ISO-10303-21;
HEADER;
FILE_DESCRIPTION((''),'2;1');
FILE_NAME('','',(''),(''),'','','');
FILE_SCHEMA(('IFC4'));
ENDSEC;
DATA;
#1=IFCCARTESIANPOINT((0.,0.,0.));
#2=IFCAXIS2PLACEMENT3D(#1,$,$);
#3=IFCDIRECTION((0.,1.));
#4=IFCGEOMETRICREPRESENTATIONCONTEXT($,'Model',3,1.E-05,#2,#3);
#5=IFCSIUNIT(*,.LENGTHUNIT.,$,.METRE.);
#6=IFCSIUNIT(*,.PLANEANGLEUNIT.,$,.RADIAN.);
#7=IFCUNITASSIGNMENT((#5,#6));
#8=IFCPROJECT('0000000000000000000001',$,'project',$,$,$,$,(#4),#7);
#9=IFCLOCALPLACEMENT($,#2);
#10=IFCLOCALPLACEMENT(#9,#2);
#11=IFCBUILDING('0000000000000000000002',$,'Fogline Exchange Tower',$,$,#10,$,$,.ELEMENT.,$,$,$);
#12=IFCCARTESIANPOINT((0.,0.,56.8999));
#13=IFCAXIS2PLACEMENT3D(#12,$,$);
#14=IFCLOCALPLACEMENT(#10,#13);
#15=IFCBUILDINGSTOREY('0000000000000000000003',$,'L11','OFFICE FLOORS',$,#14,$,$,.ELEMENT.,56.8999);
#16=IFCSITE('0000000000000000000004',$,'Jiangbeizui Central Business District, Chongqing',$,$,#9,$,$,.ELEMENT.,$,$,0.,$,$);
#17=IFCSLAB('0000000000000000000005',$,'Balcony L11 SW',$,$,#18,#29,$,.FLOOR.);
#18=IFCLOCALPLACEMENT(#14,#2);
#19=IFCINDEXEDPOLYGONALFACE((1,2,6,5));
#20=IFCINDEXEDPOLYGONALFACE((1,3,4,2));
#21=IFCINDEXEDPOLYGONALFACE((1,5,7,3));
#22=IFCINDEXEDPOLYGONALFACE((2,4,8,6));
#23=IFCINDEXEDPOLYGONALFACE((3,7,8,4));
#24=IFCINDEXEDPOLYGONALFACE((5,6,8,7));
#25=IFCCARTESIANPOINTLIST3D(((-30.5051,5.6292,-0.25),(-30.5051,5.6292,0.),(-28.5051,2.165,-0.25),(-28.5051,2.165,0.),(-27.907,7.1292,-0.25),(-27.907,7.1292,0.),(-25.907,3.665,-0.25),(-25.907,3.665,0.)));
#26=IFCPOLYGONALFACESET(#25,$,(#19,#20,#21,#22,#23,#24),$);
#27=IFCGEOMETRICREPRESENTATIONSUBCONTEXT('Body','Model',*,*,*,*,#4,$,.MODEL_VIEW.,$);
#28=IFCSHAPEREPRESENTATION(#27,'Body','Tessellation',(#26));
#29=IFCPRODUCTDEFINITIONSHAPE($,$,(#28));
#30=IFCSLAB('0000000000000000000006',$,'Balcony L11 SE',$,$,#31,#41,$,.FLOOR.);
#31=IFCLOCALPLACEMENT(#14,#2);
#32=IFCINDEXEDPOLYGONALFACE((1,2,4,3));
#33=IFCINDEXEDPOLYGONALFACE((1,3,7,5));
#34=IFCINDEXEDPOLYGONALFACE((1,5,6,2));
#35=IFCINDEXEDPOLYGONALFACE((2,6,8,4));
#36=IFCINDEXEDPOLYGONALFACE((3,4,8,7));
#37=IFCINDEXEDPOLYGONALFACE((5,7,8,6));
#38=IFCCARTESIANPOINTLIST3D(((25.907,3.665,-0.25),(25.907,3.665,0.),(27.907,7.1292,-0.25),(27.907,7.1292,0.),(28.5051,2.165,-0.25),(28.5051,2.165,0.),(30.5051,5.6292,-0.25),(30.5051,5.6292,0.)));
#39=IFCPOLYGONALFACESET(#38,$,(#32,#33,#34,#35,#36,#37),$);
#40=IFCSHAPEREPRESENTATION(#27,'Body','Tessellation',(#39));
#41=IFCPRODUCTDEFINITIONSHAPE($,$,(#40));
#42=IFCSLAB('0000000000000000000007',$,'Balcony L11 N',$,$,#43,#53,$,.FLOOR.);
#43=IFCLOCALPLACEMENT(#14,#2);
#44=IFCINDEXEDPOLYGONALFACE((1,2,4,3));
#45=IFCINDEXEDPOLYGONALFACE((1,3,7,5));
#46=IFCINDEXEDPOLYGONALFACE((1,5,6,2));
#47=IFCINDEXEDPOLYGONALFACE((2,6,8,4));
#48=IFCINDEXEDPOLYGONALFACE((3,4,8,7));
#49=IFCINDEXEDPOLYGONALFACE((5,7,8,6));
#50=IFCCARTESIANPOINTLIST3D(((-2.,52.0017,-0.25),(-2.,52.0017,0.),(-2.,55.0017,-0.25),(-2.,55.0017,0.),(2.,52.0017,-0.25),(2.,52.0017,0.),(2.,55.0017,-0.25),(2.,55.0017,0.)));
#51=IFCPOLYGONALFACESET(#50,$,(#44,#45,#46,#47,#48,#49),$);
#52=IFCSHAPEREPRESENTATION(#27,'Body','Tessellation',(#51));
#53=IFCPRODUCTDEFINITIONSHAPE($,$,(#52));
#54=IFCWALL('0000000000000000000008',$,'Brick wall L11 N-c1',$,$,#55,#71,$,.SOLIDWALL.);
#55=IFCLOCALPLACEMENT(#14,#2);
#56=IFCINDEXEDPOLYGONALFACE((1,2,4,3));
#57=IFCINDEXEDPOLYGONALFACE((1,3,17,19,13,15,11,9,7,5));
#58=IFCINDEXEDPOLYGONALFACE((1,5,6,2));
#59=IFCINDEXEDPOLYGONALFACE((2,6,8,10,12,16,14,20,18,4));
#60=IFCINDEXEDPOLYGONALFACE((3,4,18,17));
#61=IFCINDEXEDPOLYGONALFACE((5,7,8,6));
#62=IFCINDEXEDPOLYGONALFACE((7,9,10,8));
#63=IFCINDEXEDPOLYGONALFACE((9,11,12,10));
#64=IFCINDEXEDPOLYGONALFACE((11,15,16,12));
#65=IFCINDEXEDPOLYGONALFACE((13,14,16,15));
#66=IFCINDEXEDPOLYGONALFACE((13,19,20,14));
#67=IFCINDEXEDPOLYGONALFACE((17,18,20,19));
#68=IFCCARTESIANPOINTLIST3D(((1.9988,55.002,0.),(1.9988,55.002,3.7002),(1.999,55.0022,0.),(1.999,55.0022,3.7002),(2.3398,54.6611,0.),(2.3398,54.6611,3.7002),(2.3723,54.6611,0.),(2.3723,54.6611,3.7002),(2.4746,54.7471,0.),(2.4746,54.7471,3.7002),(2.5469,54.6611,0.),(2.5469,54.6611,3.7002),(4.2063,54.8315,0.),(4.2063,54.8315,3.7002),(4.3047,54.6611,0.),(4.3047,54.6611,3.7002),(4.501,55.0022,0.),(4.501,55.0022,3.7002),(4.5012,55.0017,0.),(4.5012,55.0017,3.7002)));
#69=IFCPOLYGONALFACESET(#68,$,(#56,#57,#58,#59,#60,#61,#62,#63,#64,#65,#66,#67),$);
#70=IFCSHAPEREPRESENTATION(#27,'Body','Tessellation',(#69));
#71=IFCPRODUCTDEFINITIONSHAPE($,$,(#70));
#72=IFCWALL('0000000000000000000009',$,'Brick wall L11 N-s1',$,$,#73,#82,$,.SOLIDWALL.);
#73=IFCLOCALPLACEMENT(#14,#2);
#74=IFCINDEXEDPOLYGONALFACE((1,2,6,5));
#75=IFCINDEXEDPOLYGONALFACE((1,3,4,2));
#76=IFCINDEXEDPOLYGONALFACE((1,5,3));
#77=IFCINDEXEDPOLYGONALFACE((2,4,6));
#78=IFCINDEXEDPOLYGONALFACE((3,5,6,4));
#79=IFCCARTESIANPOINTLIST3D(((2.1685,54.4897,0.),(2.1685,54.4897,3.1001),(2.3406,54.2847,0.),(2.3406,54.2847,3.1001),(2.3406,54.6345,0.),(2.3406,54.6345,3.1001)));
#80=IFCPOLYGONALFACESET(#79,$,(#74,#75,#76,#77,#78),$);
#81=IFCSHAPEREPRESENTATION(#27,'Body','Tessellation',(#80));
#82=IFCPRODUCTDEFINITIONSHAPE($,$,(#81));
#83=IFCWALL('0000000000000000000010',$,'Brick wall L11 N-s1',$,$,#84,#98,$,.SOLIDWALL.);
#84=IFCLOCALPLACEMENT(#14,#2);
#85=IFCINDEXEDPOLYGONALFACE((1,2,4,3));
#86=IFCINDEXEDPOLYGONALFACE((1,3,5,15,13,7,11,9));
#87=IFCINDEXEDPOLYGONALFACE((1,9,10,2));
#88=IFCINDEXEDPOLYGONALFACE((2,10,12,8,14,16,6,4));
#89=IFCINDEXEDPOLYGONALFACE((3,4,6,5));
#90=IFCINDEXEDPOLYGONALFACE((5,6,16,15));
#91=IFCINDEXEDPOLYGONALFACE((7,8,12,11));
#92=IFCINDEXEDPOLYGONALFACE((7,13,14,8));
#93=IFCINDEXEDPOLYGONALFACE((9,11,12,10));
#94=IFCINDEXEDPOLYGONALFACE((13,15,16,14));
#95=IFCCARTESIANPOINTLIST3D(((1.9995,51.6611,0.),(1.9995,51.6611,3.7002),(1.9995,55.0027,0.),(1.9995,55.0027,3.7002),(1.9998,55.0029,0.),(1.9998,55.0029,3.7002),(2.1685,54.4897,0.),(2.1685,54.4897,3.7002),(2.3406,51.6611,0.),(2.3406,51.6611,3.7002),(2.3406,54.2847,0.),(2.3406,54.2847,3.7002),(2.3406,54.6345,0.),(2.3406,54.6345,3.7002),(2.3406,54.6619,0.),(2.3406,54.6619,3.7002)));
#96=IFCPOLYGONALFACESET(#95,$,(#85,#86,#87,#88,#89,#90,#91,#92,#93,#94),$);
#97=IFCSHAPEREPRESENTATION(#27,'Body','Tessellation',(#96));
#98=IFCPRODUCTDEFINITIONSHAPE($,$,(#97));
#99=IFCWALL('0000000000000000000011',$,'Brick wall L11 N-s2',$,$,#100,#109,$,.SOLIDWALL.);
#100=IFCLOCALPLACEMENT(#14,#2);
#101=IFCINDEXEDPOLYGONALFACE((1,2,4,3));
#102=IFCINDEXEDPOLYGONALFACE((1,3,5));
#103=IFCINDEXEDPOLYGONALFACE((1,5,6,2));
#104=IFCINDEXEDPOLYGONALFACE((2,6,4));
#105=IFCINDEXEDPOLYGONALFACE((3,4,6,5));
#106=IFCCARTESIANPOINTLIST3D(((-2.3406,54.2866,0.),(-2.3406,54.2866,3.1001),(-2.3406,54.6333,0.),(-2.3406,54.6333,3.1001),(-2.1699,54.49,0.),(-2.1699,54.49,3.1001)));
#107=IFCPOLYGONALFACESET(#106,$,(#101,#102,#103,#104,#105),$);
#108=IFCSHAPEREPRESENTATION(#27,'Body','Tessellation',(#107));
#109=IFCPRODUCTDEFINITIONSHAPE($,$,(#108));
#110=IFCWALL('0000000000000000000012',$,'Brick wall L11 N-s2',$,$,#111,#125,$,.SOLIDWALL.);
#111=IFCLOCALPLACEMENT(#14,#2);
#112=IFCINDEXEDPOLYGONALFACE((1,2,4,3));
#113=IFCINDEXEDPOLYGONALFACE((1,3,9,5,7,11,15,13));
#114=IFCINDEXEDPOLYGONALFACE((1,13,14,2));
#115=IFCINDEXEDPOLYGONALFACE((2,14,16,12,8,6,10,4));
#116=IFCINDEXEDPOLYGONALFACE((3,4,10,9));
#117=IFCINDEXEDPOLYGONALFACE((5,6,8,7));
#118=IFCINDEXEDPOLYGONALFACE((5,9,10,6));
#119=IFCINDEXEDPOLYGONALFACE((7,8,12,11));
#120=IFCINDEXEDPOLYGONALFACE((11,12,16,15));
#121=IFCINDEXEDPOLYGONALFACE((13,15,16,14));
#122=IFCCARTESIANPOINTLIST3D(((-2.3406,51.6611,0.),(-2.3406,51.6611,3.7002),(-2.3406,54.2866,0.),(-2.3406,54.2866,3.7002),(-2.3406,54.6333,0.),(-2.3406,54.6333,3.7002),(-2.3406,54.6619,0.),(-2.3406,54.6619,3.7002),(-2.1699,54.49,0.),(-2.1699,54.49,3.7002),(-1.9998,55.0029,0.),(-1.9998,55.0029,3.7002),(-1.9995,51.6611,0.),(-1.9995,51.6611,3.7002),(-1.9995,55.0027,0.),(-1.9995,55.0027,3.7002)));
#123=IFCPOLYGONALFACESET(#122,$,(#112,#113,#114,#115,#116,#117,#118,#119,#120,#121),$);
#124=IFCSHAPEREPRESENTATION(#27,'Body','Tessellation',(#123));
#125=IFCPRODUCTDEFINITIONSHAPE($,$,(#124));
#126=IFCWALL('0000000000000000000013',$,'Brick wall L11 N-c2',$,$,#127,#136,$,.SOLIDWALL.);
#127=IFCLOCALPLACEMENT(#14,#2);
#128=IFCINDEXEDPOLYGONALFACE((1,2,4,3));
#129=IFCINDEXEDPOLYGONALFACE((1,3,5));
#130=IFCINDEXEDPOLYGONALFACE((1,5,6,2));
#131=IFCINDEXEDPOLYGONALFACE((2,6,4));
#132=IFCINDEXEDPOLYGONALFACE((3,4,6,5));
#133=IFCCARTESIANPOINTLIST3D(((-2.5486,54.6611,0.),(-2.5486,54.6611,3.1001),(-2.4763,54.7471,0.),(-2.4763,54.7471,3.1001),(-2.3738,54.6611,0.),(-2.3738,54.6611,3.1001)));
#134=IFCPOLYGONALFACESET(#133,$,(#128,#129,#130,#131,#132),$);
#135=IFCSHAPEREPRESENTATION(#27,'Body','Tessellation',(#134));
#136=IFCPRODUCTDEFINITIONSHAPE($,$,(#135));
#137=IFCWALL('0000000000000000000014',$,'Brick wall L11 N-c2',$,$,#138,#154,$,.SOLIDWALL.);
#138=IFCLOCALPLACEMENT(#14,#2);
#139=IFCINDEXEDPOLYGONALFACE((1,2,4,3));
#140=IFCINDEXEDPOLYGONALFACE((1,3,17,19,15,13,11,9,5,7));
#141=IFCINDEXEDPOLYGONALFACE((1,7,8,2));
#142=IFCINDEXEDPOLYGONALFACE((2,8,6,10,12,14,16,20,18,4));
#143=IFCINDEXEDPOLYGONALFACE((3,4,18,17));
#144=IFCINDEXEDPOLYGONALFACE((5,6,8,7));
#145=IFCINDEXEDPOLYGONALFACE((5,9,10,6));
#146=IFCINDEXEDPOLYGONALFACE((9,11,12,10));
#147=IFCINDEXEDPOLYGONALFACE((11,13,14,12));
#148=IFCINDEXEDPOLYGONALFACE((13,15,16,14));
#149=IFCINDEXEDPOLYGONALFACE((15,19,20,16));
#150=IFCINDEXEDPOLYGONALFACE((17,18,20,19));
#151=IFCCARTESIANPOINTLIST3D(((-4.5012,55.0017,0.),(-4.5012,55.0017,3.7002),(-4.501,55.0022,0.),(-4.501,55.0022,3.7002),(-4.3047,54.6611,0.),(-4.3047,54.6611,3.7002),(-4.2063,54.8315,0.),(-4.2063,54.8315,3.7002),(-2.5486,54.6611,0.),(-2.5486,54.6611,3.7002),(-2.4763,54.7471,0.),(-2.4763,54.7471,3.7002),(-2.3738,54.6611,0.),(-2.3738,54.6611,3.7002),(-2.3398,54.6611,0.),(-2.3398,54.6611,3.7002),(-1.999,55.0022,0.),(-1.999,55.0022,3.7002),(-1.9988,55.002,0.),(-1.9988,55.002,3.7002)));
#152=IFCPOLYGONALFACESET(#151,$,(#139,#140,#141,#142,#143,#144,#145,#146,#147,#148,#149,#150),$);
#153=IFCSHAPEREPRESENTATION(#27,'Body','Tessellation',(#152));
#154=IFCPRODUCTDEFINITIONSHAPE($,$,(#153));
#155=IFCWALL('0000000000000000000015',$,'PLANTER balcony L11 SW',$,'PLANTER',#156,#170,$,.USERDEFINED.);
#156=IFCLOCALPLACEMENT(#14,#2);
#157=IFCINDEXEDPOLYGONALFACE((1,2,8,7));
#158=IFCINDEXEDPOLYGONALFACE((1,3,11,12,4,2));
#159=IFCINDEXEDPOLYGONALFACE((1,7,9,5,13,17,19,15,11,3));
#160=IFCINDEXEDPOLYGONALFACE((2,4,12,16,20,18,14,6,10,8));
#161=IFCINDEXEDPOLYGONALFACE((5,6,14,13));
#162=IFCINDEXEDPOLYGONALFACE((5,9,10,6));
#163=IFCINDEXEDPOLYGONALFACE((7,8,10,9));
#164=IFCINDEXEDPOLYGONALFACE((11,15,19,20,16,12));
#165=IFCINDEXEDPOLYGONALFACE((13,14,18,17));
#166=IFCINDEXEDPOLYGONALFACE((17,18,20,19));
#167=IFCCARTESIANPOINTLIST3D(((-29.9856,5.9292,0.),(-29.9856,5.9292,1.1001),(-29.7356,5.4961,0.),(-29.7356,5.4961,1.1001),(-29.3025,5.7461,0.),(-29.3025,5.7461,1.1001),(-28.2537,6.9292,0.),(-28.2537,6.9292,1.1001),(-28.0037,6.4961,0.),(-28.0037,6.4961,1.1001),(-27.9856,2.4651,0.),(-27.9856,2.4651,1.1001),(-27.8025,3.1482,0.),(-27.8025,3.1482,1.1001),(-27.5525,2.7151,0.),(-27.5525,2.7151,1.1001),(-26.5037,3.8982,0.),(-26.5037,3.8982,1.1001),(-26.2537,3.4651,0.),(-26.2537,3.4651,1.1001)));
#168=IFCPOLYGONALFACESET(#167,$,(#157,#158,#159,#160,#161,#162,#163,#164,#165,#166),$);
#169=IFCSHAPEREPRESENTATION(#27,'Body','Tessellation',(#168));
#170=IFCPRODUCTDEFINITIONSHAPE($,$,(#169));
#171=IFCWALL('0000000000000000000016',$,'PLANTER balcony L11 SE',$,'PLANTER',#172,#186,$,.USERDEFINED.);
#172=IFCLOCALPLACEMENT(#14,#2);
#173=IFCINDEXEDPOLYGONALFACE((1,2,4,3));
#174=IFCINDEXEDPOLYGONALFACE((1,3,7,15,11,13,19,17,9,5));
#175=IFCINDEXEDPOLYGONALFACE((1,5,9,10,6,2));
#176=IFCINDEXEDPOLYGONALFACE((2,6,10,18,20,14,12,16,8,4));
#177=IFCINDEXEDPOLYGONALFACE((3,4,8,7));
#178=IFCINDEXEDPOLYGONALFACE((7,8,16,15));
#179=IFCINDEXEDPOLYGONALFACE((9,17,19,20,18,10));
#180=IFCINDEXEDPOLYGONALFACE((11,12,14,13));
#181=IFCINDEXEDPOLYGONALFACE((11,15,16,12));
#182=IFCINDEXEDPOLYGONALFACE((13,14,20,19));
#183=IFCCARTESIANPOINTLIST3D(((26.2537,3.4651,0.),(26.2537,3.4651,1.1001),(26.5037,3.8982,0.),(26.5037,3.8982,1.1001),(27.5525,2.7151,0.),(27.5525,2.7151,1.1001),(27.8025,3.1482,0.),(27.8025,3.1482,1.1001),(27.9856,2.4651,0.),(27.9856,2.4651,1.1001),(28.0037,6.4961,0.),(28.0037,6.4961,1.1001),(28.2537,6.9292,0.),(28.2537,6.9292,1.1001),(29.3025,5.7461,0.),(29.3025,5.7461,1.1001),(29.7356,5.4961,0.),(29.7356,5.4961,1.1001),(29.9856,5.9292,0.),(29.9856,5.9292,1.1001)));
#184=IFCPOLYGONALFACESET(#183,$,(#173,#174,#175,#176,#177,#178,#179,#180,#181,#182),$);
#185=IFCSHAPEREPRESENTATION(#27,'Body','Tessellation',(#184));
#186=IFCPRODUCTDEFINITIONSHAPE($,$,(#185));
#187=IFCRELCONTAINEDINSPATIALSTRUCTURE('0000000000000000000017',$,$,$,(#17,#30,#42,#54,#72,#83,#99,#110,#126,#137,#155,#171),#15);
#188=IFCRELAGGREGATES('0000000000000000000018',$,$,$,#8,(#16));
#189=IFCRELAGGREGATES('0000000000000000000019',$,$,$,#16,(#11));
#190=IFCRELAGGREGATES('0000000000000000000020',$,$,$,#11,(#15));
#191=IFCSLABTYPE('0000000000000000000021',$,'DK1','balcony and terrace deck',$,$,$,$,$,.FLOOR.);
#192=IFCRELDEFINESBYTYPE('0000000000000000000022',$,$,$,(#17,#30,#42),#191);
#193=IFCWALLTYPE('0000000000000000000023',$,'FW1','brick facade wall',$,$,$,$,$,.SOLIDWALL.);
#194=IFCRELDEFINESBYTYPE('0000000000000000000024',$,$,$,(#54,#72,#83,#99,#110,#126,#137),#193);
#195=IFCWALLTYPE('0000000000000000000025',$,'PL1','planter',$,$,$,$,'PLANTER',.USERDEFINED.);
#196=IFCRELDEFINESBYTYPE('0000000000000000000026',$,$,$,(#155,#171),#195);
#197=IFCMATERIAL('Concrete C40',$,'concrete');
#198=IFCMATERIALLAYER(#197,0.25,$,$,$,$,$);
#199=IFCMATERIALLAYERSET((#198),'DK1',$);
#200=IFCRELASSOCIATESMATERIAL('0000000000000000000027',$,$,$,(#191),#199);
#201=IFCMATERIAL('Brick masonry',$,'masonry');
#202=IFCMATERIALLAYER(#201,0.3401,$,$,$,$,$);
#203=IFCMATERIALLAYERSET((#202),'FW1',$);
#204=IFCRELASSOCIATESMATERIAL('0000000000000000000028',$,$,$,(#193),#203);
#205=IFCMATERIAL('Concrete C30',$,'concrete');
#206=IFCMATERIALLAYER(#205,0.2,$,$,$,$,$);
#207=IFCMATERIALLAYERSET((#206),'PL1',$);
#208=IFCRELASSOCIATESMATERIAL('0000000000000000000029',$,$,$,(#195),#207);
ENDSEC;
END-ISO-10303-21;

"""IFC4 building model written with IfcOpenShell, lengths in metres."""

from ifc_helpers import new_model, si_unit, direction, frame, origin, place, context, subcontext, project, spatial, polyline, outline, extrude, material, layer, layer_set, type_object, element, save


model = new_model("IFC4")

# Units and contexts
model_context = context("Model", 3, precision=1e-05, world=origin(), true_north=direction((0.0, 1.0)))
body_context = subcontext(model_context, "Body", "Model", "MODEL_VIEW")
ifc_project = project(units=[si_unit("LENGTHUNIT", "METRE"), si_unit("PLANEANGLEUNIT", "RADIAN")], contexts=[model_context])

# Site, building, storey
site_placement = place(None, origin())
site = spatial("IfcSite", under=ifc_project, at=site_placement, Name="Jiangbeizui Central Business District, Chongqing", CompositionType="ELEMENT", RefElevation=0.0)
building_placement = place(site_placement, origin())
building = spatial("IfcBuilding", under=site, at=building_placement, Name="Fogline Exchange Tower", CompositionType="ELEMENT")
storey_placement = place(building_placement, frame((0.0, 0.0, 56.8999)))
storey = spatial("IfcBuildingStorey", under=building, at=storey_placement, Name="L11", Description="OFFICE FLOORS", CompositionType="ELEMENT", Elevation=56.8999)

# Slabs
ifc_material_1 = material(Name="Concrete C40", Category="concrete")
ifc_layer_1 = layer(ifc_material_1, 0.25)
ifc_layer_set_1 = layer_set([ifc_layer_1], Name="DK1")
slab_type = type_object("IfcSlabType", Name="DK1", Description="balcony and terrace deck", PredefinedType="FLOOR", material=ifc_layer_set_1)
slab_1_placement = place(storey_placement, frame((0.0, 0.0, -0.25)))
element("IfcSlab", 1, at=slab_1_placement, inside=storey, type_object=slab_type, Name="Balcony L11 SW", PredefinedType="FLOOR", context=body_context, shape_type="SweptSolid", body=[
    extrude(outline(polyline([(-30.5051, 5.6292), (-28.5051, 2.165), (-25.907, 3.665), (-27.907, 7.1292), (-30.5051, 5.6292)])), origin(), (0.0, 0.0, 1.0), 0.25),
])
slab_2_placement = place(storey_placement, frame((0.0, 0.0, -0.25)))
element("IfcSlab", 2, at=slab_2_placement, inside=storey, type_object=slab_type, Name="Balcony L11 SE", PredefinedType="FLOOR", context=body_context, shape_type="SweptSolid", body=[
    extrude(outline(polyline([(28.5051, 2.165), (30.5051, 5.6292), (27.907, 7.1292), (25.907, 3.665), (28.5051, 2.165)])), origin(), (0.0, 0.0, 1.0), 0.25),
])
slab_3_placement = place(storey_placement, frame((0.0, 0.0, -0.25)))
element("IfcSlab", 3, at=slab_3_placement, inside=storey, type_object=slab_type, Name="Balcony L11 N", PredefinedType="FLOOR", context=body_context, shape_type="SweptSolid", body=[
    extrude(outline(polyline([(2.0, 55.0017), (-2.0, 55.0017), (-2.0, 52.0017), (2.0, 52.0017), (2.0, 55.0017)])), origin(), (0.0, 0.0, 1.0), 0.25),
])

# Walls
ifc_material_2 = material(Name="Brick masonry", Category="masonry")
ifc_layer_2 = layer(ifc_material_2, 0.3401)
ifc_layer_set_2 = layer_set([ifc_layer_2], Name="FW1")
wall_type_1 = type_object("IfcWallType", Name="FW1", Description="brick facade wall", PredefinedType="SOLIDWALL", material=ifc_layer_set_2)
wall_1_placement = place(storey_placement, origin())
element("IfcWall", 4, at=wall_1_placement, inside=storey, type_object=wall_type_1, Name="Brick wall L11 N-c1", PredefinedType="SOLIDWALL", context=body_context, shape_type="SweptSolid", body=[
    extrude(outline(polyline([(4.501, 55.0022), (4.5012, 55.0017), (4.2063, 54.8315), (4.3047, 54.6611), (2.5469, 54.6611), (2.4746, 54.7471), (2.3723, 54.6611), (2.3398, 54.6611), (1.9988, 55.002), (1.999, 55.0022), (4.501, 55.0022)])), origin(), (0.0, 0.0, 1.0), 3.7002),
])
wall_2_placement = place(storey_placement, origin())
element("IfcWall", 5, at=wall_2_placement, inside=storey, type_object=wall_type_1, Name="Brick wall L11 N-s1", PredefinedType="SOLIDWALL", context=body_context, shape_type="SweptSolid", body=[
    extrude(outline(polyline([(2.3406, 54.2847), (2.1685, 54.4897), (2.3406, 54.6345), (2.3406, 54.2847)])), origin(), (0.0, 0.0, 1.0), 3.1001),
])
wall_3_placement = place(storey_placement, origin())
element("IfcWall", 6, at=wall_3_placement, inside=storey, type_object=wall_type_1, Name="Brick wall L11 N-s1", PredefinedType="SOLIDWALL", context=body_context, shape_type="SweptSolid", body=[
    extrude(outline(polyline([(1.9995, 51.6611), (1.9995, 55.0027), (1.9998, 55.0029), (2.3406, 54.6619), (2.3406, 54.6345), (2.1685, 54.4897), (2.3406, 54.2847), (2.3406, 51.6611), (1.9995, 51.6611)])), origin(), (0.0, 0.0, 1.0), 3.7002),
])
wall_4_placement = place(storey_placement, origin())
element("IfcWall", 7, at=wall_4_placement, inside=storey, type_object=wall_type_1, Name="Brick wall L11 N-s2", PredefinedType="SOLIDWALL", context=body_context, shape_type="SweptSolid", body=[
    extrude(outline(polyline([(-2.3406, 54.6333), (-2.1699, 54.49), (-2.3406, 54.2866), (-2.3406, 54.6333)])), origin(), (0.0, 0.0, 1.0), 3.1001),
])
wall_5_placement = place(storey_placement, origin())
element("IfcWall", 8, at=wall_5_placement, inside=storey, type_object=wall_type_1, Name="Brick wall L11 N-s2", PredefinedType="SOLIDWALL", context=body_context, shape_type="SweptSolid", body=[
    extrude(outline(polyline([(-1.9995, 51.6611), (-2.3406, 51.6611), (-2.3406, 54.2866), (-2.1699, 54.49), (-2.3406, 54.6333), (-2.3406, 54.6619), (-1.9998, 55.0029), (-1.9995, 55.0027), (-1.9995, 51.6611)])), origin(), (0.0, 0.0, 1.0), 3.7002),
])
wall_6_placement = place(storey_placement, origin())
element("IfcWall", 9, at=wall_6_placement, inside=storey, type_object=wall_type_1, Name="Brick wall L11 N-c2", PredefinedType="SOLIDWALL", context=body_context, shape_type="SweptSolid", body=[
    extrude(outline(polyline([(-2.5486, 54.6611), (-2.4763, 54.7471), (-2.3738, 54.6611), (-2.5486, 54.6611)])), origin(), (0.0, 0.0, 1.0), 3.1001),
])
wall_7_placement = place(storey_placement, origin())
element("IfcWall", 10, at=wall_7_placement, inside=storey, type_object=wall_type_1, Name="Brick wall L11 N-c2", PredefinedType="SOLIDWALL", context=body_context, shape_type="SweptSolid", body=[
    extrude(outline(polyline([(-4.2063, 54.8315), (-4.5012, 55.0017), (-4.501, 55.0022), (-1.999, 55.0022), (-1.9988, 55.002), (-2.3398, 54.6611), (-2.3738, 54.6611), (-2.4763, 54.7471), (-2.5486, 54.6611), (-4.3047, 54.6611), (-4.2063, 54.8315)])), origin(), (0.0, 0.0, 1.0), 3.7002),
])
ifc_material_3 = material(Name="Concrete C30", Category="concrete")
ifc_layer_3 = layer(ifc_material_3, 0.2)
ifc_layer_set_3 = layer_set([ifc_layer_3], Name="PL1")
wall_type_2 = type_object("IfcWallType", Name="PL1", Description="planter", ElementType="PLANTER", PredefinedType="USERDEFINED", material=ifc_layer_set_3)
wall_8_placement = place(storey_placement, origin())
element("IfcWall", 11, at=wall_8_placement, inside=storey, type_object=wall_type_2, Name="PLANTER balcony L11 SW", ObjectType="PLANTER", PredefinedType="USERDEFINED", context=body_context, shape_type="SweptSolid", body=[
    extrude(outline(polyline([(-26.5037, 3.8982), (-27.8025, 3.1482), (-29.3025, 5.7461), (-28.0037, 6.4961), (-28.2537, 6.9292), (-29.9856, 5.9292), (-29.7356, 5.4961), (-27.9856, 2.4651), (-27.5525, 2.7151), (-27.5525, 2.7151), (-26.2537, 3.4651), (-26.5037, 3.8982)])), origin(), (0.0, 0.0, 1.0), 1.1001),
])
wall_9_placement = place(storey_placement, origin())
element("IfcWall", 12, at=wall_9_placement, inside=storey, type_object=wall_type_2, Name="PLANTER balcony L11 SE", ObjectType="PLANTER", PredefinedType="USERDEFINED", context=body_context, shape_type="SweptSolid", body=[
    extrude(outline(polyline([(26.2537, 3.4651), (27.5525, 2.7151), (27.5525, 2.7151), (27.9856, 2.4651), (29.7356, 5.4961), (29.9856, 5.9292), (28.2537, 6.9292), (28.0037, 6.4961), (29.3025, 5.7461), (27.8025, 3.1482), (26.5037, 3.8982), (26.2537, 3.4651)])), origin(), (0.0, 0.0, 1.0), 1.1001),
])

save(model, "model.ifc")
